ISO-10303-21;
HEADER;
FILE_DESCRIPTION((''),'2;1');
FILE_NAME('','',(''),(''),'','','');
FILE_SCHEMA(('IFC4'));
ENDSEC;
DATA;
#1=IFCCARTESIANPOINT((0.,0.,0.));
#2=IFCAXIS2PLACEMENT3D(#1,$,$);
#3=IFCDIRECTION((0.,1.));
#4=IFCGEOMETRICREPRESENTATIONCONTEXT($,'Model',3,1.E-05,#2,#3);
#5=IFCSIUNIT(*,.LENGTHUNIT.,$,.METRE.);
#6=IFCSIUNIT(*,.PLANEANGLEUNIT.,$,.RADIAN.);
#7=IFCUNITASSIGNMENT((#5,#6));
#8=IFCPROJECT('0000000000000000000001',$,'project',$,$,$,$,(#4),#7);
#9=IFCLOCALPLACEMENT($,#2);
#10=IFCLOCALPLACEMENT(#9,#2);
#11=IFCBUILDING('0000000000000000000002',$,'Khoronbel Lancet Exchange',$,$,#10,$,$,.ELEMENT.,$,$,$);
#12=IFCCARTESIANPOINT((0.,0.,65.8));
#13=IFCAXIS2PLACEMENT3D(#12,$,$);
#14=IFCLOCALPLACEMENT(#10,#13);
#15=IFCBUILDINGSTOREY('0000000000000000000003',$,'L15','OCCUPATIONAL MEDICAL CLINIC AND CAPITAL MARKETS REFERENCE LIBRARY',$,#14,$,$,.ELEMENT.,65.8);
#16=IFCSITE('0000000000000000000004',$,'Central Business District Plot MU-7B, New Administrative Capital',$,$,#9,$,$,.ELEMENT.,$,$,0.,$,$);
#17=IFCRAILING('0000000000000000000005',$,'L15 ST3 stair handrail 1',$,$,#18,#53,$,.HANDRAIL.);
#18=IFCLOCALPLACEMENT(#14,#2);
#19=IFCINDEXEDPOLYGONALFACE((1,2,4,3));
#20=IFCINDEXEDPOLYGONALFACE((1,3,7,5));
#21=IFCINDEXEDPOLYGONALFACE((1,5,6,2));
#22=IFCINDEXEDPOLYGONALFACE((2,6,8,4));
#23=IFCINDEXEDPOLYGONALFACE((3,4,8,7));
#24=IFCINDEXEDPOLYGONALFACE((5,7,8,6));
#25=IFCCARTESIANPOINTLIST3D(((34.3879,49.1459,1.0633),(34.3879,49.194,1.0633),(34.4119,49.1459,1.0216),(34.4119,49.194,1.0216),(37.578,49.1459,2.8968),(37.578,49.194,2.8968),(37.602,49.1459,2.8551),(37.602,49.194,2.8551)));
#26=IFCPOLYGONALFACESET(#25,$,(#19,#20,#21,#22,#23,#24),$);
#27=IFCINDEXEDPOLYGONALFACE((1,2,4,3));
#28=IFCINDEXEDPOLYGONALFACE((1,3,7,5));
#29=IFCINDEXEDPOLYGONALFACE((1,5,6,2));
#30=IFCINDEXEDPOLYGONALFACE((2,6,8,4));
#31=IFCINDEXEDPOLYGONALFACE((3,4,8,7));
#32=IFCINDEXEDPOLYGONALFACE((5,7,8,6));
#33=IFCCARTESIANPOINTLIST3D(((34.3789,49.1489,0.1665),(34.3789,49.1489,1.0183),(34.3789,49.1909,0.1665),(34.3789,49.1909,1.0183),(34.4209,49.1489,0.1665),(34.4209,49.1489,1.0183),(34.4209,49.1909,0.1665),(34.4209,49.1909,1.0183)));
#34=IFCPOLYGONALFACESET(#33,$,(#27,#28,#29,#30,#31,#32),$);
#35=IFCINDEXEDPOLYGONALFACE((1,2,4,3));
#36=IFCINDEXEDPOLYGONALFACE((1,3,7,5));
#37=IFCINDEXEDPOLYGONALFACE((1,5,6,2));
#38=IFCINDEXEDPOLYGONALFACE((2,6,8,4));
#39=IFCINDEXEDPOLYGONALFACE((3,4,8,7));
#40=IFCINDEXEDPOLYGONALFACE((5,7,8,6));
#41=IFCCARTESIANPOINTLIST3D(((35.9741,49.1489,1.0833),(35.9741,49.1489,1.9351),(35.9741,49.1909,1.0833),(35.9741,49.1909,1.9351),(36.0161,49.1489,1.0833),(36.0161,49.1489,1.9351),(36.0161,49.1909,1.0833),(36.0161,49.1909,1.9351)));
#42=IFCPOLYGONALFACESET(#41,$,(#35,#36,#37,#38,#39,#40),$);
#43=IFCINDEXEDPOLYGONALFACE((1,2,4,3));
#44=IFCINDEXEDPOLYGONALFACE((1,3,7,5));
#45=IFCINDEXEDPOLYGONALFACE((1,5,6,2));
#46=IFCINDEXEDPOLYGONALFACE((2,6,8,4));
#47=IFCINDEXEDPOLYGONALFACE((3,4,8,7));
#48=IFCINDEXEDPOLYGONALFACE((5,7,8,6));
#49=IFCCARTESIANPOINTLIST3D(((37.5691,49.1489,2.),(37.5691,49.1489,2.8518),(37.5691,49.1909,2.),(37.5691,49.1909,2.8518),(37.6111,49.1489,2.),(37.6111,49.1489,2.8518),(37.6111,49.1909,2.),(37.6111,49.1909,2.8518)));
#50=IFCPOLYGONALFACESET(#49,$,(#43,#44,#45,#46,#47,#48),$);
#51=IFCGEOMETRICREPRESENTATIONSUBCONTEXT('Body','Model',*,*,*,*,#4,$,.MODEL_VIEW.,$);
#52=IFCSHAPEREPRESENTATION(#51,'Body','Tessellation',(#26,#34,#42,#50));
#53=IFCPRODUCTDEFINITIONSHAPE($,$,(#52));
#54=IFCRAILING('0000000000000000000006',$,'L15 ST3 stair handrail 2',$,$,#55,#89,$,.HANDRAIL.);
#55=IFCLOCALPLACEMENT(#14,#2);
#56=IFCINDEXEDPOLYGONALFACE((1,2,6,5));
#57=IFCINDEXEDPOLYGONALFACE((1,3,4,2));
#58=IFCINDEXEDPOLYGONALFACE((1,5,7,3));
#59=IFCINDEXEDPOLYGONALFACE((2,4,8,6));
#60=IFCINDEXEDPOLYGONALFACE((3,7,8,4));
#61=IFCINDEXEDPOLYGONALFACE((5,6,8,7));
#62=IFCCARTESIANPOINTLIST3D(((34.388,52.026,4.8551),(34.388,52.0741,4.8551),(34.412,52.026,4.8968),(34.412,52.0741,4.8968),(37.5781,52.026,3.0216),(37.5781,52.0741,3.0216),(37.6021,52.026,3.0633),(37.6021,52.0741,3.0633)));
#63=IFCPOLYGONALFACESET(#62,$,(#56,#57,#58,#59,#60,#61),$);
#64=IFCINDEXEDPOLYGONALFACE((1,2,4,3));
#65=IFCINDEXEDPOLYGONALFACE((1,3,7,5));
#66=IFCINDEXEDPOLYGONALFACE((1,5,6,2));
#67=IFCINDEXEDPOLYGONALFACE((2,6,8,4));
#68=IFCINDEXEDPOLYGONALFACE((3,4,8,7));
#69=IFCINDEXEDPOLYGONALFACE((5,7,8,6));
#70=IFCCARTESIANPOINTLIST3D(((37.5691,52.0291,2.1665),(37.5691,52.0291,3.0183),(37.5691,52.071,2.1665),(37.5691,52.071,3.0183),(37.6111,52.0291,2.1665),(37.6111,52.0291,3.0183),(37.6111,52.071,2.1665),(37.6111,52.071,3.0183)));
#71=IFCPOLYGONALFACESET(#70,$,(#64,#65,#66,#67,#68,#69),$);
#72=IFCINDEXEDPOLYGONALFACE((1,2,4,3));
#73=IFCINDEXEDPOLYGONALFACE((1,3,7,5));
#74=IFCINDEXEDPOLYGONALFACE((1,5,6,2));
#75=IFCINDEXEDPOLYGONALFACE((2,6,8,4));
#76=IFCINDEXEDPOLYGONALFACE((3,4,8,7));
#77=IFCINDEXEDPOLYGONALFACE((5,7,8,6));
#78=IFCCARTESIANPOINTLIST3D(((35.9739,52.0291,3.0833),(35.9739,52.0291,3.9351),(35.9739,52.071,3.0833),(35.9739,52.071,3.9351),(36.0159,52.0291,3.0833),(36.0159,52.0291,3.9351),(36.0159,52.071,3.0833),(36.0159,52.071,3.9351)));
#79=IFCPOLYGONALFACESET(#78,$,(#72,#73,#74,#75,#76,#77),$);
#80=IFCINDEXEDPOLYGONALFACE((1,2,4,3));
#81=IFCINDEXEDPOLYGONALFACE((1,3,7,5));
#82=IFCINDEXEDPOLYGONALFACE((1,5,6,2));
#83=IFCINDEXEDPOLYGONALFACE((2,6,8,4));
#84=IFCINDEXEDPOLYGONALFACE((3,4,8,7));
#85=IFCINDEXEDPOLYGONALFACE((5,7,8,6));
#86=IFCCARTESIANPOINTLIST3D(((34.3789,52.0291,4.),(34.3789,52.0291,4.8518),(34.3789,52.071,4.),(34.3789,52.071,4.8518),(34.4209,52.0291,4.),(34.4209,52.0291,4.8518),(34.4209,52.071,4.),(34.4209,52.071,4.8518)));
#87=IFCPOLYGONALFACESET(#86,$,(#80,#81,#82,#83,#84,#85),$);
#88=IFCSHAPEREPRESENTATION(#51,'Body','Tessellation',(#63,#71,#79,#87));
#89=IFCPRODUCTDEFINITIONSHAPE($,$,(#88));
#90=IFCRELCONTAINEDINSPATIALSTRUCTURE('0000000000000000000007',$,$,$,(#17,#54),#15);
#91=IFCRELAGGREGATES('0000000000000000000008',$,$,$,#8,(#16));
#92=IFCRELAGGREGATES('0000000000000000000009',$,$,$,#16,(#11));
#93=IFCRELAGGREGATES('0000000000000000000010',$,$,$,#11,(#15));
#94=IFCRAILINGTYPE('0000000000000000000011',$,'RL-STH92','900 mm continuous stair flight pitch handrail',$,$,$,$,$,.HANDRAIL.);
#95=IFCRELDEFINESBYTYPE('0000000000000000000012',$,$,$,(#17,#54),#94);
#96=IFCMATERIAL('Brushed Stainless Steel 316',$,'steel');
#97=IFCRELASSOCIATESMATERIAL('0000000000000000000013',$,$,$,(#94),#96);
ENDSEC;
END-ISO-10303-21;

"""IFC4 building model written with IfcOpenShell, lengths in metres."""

from ifc_helpers import new_model, si_unit, direction, frame, origin, origin_2d, place, context, subcontext, project, spatial, rectangle, extrude, material, type_object, element, save


model = new_model("IFC4")

# Units and contexts
model_context = context("Model", 3, precision=1e-05, world=origin(), true_north=direction((0.0, 1.0)))
body_context = subcontext(model_context, "Body", "Model", "MODEL_VIEW")
ifc_project = project(units=[si_unit("LENGTHUNIT", "METRE"), si_unit("PLANEANGLEUNIT", "RADIAN")], contexts=[model_context])

# Site, building, storey
site_placement = place(None, origin())
site = spatial("IfcSite", under=ifc_project, at=site_placement, Name="Central Business District Plot MU-7B, New Administrative Capital", CompositionType="ELEMENT", RefElevation=0.0)
building_placement = place(site_placement, origin())
building = spatial("IfcBuilding", under=site, at=building_placement, Name="Khoronbel Lancet Exchange", CompositionType="ELEMENT")
storey_placement = place(building_placement, frame((0.0, 0.0, 65.8)))
storey = spatial("IfcBuildingStorey", under=building, at=storey_placement, Name="L15", Description="OCCUPATIONAL MEDICAL CLINIC AND CAPITAL MARKETS REFERENCE LIBRARY", CompositionType="ELEMENT", Elevation=65.8)

# Railings
ifc_material_1 = material(Name="Brushed Stainless Steel 316", Category="steel")
railing_type_1 = type_object("IfcRailingType", Name="RL-STH92", Description="900 mm continuous stair flight pitch handrail", PredefinedType="HANDRAIL", material=ifc_material_1)
railing_1_placement = place(storey_placement, frame((34.3999, 49.1699, 0.1665)))
element("IfcRailing", 1, at=railing_1_placement, inside=storey, type_object=railing_type_1, Name="L15 ST3 stair handrail 1", PredefinedType="HANDRAIL", context=body_context, shape_type="SweptSolid", body=[
    extrude(rectangle(XDim=0.0481, YDim=0.0481, at=origin_2d()), frame((0.0, 0.0, 0.876), z_axis=(0.867007, 0.0, 0.498295), x_axis=(0.0, 1.0, 0.0)), (0.0, 0.0, 1.0), 3.6794),
    extrude(rectangle(XDim=0.042, YDim=0.042, at=origin_2d()), origin(), (0.0, 0.0, 1.0), 0.8518),
    extrude(rectangle(XDim=0.042, YDim=0.042, at=origin_2d()), frame((1.5952, 0.0, 0.9167)), (0.0, 0.0, 1.0), 0.8518),
    extrude(rectangle(XDim=0.042, YDim=0.042, at=origin_2d()), frame((3.1902, 0.0, 1.8335)), (0.0, 0.0, 1.0), 0.8518),
])
railing_2_placement = place(storey_placement, frame((37.5901, 52.05, 2.1665)))
element("IfcRailing", 2, at=railing_2_placement, inside=storey, type_object=railing_type_1, Name="L15 ST3 stair handrail 2", PredefinedType="HANDRAIL", context=body_context, shape_type="SweptSolid", body=[
    extrude(rectangle(XDim=0.0481, YDim=0.0481, at=origin_2d()), frame((0.0, 0.0, 0.876), z_axis=(-0.867007, 0.0, 0.498295), x_axis=(0.0, -1.0, 0.0)), (0.0, 0.0, 1.0), 3.6794),
    extrude(rectangle(XDim=0.042, YDim=0.042, at=origin_2d()), origin(), (0.0, 0.0, 1.0), 0.8518),
    extrude(rectangle(XDim=0.042, YDim=0.042, at=origin_2d()), frame((-1.5952, 0.0, 0.9167)), (0.0, 0.0, 1.0), 0.8518),
    extrude(rectangle(XDim=0.042, YDim=0.042, at=origin_2d()), frame((-3.1902, 0.0, 1.8335)), (0.0, 0.0, 1.0), 0.8518),
])

save(model, "model.ifc")
